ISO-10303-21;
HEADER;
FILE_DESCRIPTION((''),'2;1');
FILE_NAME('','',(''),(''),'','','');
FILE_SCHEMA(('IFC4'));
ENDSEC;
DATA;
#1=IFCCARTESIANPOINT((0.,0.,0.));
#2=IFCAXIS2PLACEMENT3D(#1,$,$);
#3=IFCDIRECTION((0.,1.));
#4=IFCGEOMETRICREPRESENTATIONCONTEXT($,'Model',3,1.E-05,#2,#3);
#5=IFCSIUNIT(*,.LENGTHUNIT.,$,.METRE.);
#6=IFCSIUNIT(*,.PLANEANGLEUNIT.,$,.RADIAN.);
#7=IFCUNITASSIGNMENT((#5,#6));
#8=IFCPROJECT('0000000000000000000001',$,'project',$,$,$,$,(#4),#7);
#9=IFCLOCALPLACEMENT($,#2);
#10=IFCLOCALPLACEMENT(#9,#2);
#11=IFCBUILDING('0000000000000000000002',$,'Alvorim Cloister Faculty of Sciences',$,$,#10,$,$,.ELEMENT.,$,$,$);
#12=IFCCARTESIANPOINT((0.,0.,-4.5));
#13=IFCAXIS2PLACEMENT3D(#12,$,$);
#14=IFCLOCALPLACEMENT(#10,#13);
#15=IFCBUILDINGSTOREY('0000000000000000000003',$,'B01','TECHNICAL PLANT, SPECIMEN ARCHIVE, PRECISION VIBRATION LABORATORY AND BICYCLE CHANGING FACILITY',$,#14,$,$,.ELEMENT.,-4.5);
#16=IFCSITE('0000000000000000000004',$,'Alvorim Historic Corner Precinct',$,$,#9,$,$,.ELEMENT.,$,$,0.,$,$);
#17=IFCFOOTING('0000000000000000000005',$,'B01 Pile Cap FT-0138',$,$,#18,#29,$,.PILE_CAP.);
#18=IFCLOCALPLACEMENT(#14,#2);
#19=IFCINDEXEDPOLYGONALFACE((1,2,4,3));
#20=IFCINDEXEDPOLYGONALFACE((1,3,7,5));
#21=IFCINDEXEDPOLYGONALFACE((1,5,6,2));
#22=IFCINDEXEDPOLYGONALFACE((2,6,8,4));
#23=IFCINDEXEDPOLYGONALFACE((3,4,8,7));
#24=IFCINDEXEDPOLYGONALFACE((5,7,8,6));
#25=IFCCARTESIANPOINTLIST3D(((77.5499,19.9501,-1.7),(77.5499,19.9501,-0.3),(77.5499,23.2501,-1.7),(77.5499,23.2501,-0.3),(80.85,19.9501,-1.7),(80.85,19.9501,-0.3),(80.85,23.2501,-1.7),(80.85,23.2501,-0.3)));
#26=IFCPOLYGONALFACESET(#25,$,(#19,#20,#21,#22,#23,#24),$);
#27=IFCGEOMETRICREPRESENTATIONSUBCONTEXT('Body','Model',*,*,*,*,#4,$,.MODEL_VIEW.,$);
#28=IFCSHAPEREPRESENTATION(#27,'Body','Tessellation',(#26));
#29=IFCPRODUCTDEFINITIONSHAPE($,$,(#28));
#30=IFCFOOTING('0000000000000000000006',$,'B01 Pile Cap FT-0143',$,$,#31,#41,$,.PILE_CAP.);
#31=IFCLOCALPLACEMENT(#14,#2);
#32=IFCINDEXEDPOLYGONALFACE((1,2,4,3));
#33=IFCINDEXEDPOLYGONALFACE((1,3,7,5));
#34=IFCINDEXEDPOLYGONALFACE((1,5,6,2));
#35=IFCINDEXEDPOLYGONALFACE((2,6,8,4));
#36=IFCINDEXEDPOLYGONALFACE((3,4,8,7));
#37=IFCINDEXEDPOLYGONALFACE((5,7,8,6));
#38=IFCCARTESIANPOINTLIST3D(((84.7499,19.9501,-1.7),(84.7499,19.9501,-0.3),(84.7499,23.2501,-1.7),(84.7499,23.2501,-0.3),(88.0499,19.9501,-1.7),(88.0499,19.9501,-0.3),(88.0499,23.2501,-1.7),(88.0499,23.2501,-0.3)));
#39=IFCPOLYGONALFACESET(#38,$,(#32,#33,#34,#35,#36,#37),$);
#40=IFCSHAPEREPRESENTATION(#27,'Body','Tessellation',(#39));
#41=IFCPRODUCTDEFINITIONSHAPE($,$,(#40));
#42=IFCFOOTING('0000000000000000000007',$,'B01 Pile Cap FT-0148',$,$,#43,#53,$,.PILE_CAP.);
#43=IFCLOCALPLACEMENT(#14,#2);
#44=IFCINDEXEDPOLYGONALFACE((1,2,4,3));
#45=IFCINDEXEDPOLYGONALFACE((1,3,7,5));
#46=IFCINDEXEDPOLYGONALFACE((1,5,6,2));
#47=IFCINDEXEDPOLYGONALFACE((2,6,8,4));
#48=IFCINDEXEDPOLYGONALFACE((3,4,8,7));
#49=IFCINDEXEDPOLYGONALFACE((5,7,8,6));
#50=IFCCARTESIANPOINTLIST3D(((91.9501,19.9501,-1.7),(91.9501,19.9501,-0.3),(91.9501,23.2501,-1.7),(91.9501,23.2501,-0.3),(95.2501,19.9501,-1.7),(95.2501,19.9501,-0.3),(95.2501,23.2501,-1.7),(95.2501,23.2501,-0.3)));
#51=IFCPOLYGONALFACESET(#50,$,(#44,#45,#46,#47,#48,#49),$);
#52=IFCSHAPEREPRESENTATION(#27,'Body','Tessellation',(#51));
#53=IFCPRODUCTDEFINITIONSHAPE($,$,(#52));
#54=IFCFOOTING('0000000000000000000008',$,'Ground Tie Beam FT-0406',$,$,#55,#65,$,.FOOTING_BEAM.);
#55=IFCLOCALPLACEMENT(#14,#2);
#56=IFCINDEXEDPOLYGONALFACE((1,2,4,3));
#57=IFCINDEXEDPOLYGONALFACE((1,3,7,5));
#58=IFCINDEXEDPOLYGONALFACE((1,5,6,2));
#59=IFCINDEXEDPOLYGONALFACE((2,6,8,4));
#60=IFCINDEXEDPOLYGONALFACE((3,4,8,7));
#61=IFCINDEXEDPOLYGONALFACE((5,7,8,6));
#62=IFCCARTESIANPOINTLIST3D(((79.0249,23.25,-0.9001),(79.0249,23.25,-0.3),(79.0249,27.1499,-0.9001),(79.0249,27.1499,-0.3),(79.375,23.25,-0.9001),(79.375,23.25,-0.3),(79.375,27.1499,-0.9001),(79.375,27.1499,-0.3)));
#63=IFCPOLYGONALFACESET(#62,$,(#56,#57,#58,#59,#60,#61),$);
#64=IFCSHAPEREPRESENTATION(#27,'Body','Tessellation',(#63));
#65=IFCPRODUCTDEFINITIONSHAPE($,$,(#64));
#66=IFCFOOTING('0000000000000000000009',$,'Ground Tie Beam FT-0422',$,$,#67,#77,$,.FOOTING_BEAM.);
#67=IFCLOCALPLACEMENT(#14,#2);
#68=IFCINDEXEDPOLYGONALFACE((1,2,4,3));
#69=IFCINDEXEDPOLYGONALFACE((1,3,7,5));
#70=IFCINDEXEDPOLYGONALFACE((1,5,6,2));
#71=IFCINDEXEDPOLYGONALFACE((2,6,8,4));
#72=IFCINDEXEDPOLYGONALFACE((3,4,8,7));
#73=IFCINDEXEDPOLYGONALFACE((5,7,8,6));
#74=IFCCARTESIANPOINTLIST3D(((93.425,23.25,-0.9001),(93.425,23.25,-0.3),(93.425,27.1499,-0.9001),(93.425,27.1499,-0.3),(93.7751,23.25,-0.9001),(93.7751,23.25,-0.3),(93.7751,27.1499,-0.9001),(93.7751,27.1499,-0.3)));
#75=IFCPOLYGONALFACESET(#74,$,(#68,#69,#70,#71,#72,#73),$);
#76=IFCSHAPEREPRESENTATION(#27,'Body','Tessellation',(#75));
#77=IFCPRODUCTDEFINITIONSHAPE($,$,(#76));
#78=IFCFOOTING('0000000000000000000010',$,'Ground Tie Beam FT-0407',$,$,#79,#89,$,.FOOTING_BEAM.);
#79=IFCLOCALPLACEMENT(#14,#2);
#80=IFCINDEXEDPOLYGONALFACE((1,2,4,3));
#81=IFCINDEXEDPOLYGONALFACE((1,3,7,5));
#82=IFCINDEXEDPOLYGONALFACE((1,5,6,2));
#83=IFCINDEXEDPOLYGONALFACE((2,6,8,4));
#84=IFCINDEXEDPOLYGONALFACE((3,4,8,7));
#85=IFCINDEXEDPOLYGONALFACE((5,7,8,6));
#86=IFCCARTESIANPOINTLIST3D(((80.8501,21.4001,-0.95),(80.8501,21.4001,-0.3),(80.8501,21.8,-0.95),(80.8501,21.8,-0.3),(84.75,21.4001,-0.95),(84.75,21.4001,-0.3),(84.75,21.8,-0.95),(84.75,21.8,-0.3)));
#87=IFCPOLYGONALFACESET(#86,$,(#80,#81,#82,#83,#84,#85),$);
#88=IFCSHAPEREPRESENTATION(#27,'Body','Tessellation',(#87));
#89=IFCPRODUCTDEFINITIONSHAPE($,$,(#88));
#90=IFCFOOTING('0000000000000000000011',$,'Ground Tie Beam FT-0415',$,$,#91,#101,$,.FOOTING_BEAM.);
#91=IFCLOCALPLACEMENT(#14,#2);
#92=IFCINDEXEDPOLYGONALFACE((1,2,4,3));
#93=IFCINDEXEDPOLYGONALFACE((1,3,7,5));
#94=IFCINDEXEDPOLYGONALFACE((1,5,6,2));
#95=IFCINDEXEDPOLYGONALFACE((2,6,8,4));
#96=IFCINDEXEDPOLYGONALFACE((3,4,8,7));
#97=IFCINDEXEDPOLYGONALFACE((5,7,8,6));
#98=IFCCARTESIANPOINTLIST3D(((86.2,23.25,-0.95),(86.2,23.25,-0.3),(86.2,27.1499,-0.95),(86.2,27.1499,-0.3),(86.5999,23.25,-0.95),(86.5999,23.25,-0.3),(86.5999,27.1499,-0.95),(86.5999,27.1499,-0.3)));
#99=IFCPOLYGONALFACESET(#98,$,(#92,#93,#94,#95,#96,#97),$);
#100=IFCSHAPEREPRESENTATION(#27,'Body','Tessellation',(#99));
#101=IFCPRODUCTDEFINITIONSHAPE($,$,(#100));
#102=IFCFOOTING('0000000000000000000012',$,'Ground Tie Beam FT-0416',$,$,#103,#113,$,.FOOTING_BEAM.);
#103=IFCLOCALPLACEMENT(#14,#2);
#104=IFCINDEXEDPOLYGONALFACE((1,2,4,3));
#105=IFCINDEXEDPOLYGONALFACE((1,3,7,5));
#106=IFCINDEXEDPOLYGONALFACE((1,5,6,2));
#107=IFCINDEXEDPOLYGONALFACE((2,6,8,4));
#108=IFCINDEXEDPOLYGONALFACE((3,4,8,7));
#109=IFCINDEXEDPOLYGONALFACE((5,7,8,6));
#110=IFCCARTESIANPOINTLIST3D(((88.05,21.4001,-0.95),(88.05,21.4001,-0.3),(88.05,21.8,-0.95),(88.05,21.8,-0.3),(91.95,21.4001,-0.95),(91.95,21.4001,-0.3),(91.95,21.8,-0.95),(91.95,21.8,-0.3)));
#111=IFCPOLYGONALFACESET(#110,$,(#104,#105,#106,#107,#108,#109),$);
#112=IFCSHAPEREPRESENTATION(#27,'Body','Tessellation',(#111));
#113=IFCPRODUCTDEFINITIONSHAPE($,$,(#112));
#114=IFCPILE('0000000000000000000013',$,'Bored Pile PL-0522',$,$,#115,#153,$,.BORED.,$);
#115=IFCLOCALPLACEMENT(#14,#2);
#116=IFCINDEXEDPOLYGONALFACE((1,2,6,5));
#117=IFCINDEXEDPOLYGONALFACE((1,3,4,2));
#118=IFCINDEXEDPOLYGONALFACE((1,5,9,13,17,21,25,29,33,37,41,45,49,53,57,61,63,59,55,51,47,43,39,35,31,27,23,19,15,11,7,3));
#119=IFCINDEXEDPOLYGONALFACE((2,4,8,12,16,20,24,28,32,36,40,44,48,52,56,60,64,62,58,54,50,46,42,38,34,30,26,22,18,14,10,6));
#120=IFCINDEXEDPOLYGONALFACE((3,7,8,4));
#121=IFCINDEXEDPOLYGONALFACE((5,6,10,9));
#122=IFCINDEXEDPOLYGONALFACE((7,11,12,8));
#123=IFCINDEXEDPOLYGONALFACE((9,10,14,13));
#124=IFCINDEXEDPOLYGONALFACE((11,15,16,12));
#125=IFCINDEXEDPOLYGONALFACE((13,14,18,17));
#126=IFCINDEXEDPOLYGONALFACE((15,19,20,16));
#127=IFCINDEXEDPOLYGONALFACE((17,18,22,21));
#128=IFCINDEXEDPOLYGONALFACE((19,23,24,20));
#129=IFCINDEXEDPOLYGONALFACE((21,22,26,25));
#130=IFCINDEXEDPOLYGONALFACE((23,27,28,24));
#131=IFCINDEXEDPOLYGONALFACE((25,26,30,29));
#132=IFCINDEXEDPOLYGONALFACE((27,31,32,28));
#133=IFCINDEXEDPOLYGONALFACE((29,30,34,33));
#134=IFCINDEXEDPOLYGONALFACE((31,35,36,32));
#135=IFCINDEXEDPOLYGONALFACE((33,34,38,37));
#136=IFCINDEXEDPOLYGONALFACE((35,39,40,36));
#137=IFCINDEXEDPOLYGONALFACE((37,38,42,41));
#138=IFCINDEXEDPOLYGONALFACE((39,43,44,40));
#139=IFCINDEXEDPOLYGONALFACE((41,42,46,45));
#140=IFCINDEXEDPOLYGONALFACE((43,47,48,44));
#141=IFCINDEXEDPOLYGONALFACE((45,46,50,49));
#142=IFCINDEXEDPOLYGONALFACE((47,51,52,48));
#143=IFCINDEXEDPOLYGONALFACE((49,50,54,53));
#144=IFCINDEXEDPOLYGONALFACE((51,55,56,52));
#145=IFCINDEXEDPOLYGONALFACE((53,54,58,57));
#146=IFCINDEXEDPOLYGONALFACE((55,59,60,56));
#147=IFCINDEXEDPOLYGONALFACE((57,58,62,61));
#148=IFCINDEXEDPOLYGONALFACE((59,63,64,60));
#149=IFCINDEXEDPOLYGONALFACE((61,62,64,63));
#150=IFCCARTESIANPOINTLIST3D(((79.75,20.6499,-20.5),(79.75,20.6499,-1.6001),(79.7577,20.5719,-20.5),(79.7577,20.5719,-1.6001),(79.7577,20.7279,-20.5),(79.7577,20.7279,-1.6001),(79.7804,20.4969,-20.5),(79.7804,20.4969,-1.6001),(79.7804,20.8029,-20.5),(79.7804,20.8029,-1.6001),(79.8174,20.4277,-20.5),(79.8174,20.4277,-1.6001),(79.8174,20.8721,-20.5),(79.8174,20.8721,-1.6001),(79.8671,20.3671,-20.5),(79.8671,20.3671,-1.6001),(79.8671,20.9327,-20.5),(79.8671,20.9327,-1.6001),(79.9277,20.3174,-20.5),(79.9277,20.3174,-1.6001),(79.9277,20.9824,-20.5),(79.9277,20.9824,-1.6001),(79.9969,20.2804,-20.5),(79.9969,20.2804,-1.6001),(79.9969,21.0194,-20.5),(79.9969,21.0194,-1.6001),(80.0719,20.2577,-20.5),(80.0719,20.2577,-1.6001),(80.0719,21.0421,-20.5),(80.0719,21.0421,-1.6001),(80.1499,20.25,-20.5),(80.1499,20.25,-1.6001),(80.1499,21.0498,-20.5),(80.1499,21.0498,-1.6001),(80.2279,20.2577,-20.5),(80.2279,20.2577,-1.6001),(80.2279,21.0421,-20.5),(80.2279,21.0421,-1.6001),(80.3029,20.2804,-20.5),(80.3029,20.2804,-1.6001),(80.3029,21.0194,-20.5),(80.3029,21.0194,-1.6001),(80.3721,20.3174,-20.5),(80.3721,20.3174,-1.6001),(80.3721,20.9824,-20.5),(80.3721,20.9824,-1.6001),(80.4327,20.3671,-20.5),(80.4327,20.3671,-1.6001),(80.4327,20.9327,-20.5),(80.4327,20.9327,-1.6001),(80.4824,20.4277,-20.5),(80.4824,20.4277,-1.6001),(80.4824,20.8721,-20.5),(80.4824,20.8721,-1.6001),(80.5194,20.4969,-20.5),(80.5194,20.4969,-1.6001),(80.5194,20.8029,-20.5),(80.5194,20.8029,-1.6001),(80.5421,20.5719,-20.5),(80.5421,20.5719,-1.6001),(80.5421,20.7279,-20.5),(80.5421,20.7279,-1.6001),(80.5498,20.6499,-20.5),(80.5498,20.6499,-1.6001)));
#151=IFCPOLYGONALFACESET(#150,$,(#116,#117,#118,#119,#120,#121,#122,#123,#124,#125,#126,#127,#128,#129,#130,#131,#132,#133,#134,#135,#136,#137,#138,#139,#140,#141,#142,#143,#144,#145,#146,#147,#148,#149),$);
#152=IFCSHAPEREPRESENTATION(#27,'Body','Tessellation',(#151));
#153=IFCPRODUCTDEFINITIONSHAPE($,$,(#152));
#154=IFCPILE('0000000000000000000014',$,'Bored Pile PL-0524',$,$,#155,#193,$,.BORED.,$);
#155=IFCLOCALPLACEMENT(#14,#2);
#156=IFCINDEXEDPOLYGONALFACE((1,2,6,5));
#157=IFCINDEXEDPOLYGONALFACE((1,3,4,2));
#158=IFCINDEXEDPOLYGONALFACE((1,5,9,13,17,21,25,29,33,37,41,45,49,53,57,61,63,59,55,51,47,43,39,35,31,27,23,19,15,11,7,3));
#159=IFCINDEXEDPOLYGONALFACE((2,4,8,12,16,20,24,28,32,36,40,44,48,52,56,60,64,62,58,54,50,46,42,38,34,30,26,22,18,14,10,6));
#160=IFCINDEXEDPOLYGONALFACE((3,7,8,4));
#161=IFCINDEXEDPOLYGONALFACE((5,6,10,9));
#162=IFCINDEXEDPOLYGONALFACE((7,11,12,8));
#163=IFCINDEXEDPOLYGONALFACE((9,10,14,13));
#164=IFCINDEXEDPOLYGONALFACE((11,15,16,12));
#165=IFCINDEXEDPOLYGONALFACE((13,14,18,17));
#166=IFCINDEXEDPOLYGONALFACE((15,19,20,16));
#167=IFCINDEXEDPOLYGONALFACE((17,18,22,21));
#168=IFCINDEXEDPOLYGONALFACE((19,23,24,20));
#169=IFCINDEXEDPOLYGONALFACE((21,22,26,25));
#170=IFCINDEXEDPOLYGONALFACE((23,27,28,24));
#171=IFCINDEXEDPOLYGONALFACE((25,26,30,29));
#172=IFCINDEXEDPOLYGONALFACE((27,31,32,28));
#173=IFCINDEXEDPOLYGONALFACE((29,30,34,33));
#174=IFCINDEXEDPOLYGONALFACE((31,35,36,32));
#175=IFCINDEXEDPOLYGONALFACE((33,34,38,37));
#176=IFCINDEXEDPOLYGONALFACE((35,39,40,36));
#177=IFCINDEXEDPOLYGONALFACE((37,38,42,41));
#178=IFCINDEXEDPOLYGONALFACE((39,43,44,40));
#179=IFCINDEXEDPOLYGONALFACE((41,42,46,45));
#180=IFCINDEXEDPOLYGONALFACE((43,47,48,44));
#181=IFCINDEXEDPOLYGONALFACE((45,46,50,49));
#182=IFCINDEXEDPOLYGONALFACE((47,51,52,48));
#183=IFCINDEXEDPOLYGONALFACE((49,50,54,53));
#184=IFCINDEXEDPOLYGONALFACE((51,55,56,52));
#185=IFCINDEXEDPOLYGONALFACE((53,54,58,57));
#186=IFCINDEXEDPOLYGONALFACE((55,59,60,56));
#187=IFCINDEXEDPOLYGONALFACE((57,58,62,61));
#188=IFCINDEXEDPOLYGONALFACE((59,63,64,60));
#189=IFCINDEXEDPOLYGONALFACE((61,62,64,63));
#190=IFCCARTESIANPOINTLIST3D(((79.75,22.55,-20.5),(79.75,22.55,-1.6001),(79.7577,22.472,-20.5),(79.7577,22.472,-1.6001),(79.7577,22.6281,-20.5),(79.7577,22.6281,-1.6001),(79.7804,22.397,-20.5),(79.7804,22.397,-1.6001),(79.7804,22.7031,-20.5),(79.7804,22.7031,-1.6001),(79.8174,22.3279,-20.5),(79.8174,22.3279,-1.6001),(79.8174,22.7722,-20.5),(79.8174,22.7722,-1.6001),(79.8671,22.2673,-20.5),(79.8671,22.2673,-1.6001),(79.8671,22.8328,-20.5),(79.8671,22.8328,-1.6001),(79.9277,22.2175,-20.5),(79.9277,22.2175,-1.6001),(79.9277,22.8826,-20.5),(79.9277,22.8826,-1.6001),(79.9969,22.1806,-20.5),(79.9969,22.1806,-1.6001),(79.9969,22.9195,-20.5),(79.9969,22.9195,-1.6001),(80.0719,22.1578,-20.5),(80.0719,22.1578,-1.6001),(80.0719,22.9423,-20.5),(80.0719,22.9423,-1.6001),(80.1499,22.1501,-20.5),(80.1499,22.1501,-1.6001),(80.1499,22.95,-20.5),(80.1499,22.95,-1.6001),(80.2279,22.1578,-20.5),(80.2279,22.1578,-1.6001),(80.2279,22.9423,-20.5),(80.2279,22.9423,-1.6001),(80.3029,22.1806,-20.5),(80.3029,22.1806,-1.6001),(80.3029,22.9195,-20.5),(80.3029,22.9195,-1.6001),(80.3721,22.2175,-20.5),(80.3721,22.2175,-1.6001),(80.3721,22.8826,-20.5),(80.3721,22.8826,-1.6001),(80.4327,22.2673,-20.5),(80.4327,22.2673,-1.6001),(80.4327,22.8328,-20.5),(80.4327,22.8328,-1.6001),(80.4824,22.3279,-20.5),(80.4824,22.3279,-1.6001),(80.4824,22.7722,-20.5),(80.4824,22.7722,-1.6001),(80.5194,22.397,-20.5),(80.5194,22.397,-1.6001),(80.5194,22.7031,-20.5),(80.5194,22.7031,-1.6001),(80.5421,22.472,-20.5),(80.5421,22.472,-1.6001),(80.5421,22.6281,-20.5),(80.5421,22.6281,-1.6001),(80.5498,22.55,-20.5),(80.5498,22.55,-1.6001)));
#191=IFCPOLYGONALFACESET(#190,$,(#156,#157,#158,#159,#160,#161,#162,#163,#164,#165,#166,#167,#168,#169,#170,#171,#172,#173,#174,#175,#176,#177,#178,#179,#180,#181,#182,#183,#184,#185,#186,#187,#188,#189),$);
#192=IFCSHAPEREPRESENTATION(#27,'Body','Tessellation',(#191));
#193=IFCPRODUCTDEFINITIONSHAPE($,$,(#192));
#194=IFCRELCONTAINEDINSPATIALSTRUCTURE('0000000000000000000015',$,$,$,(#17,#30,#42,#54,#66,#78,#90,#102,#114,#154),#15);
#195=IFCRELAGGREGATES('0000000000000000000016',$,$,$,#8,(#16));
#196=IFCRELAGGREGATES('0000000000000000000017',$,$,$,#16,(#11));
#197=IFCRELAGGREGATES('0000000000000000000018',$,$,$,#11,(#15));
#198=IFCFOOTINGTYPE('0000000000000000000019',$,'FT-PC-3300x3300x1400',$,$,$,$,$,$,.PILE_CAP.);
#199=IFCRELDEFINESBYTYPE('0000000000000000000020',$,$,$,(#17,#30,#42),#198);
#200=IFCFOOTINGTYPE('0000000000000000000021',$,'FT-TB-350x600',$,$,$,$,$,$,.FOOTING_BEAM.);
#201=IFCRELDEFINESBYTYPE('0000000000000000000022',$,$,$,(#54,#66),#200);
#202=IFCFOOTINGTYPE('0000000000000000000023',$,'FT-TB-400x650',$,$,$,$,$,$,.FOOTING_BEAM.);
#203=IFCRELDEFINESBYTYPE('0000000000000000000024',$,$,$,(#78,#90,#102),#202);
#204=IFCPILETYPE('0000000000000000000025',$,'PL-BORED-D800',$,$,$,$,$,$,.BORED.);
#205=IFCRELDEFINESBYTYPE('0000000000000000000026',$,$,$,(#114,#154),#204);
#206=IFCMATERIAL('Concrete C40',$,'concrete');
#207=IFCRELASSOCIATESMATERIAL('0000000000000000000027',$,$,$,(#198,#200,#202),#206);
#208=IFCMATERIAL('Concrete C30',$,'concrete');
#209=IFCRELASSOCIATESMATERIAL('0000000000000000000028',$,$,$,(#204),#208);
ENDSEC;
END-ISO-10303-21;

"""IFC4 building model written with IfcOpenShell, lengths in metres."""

from ifc_helpers import new_model, si_unit, direction, frame, origin, origin_2d, place, context, subcontext, project, spatial, rectangle, circle, extrude, material, material_profile, profile_set, type_object, element, save


model = new_model("IFC4")

# Units and contexts
model_context = context("Model", 3, precision=1e-05, world=origin(), true_north=direction((0.0, 1.0)))
body_context = subcontext(model_context, "Body", "Model", "MODEL_VIEW")
ifc_project = project(units=[si_unit("LENGTHUNIT", "METRE"), si_unit("PLANEANGLEUNIT", "RADIAN")], contexts=[model_context])

# Site, building, storey
site_placement = place(None, origin())
site = spatial("IfcSite", under=ifc_project, at=site_placement, Name="Alvorim Historic Corner Precinct", CompositionType="ELEMENT", RefElevation=0.0)
building_placement = place(site_placement, origin())
building = spatial("IfcBuilding", under=site, at=building_placement, Name="Alvorim Cloister Faculty of Sciences", CompositionType="ELEMENT")
storey_placement = place(building_placement, frame((0.0, 0.0, -4.5)))
storey = spatial("IfcBuildingStorey", under=building, at=storey_placement, Name="B01", Description="TECHNICAL PLANT, SPECIMEN ARCHIVE, PRECISION VIBRATION LABORATORY AND BICYCLE CHANGING FACILITY", CompositionType="ELEMENT", Elevation=-4.5)

# Footings
ifc_material_1 = material(Name="Concrete C40", Category="concrete")
footing_type_1 = type_object("IfcFootingType", Name="FT-PC-3300x3300x1400", PredefinedType="PILE_CAP", material=ifc_material_1)
for number, where, z_axis, x_axis, name in (
    (1, (79.2, 21.6001, -1.7), (0.0, 0.0, 1.0), (1.0, 0.0, 0.0), "B01 Pile Cap FT-0138"),
    (2, (86.3999, 21.6001, -1.7), (0.0, 0.0, 1.0), (1.0, 0.0, 0.0), "B01 Pile Cap FT-0143"),
    (3, (93.6001, 21.6001, -1.7), (0.0, 0.0, 1.0), (1.0, 0.0, 0.0), "B01 Pile Cap FT-0148"),
):
    element("IfcFooting", number, at=place(storey_placement, frame(where, z_axis=z_axis, x_axis=x_axis)), inside=storey, type_object=footing_type_1, Name=name, PredefinedType="PILE_CAP", context=body_context, shape_type="SweptSolid", body=[
        extrude(rectangle(XDim=3.3, YDim=3.3, at=origin_2d()), origin(), (0.0, 0.0, 1.0), 1.3999),
    ])
footing_type_2 = type_object("IfcFootingType", Name="FT-TB-350x600", PredefinedType="FOOTING_BEAM", material=ifc_material_1)
for number, where, z_axis, x_axis, name in (
    (4, (79.2, 25.2, -0.9001), (0.0, 0.0, 1.0), (1.0, 0.0, 0.0), "Ground Tie Beam FT-0406"),
    (5, (93.6001, 25.2, -0.9001), (0.0, 0.0, 1.0), (1.0, 0.0, 0.0), "Ground Tie Beam FT-0422"),
):
    element("IfcFooting", number, at=place(storey_placement, frame(where, z_axis=z_axis, x_axis=x_axis)), inside=storey, type_object=footing_type_2, Name=name, PredefinedType="FOOTING_BEAM", context=body_context, shape_type="SweptSolid", body=[
        extrude(rectangle(XDim=0.3501, YDim=3.8999, at=origin_2d()), origin(), (0.0, 0.0, 1.0), 0.6001),
    ])
footing_type_3 = type_object("IfcFootingType", Name="FT-TB-400x650", PredefinedType="FOOTING_BEAM", material=ifc_material_1)
footing_1_placement = place(storey_placement, frame((82.8, 21.6001, -0.95), z_axis=(0.0, 0.0, 1.0), x_axis=(1.0, 0.0, 0.0)))
element("IfcFooting", 6, at=footing_1_placement, inside=storey, type_object=footing_type_3, Name="Ground Tie Beam FT-0407", PredefinedType="FOOTING_BEAM", context=body_context, shape_type="SweptSolid", body=[
    extrude(rectangle(XDim=3.8999, YDim=0.3999, at=origin_2d()), origin(), (0.0, 0.0, 1.0), 0.6499),
])
footing_2_placement = place(storey_placement, frame((86.3999, 25.2, -0.95), z_axis=(0.0, 0.0, 1.0), x_axis=(1.0, 0.0, 0.0)))
element("IfcFooting", 7, at=footing_2_placement, inside=storey, type_object=footing_type_3, Name="Ground Tie Beam FT-0415", PredefinedType="FOOTING_BEAM", context=body_context, shape_type="SweptSolid", body=[
    extrude(rectangle(XDim=0.3999, YDim=3.8999, at=origin_2d()), origin(), (0.0, 0.0, 1.0), 0.6499),
])
footing_3_placement = place(storey_placement, frame((90.0, 21.6001, -0.95), z_axis=(0.0, 0.0, 1.0), x_axis=(1.0, 0.0, 0.0)))
element("IfcFooting", 8, at=footing_3_placement, inside=storey, type_object=footing_type_3, Name="Ground Tie Beam FT-0416", PredefinedType="FOOTING_BEAM", context=body_context, shape_type="SweptSolid", body=[
    extrude(rectangle(XDim=3.8999, YDim=0.3999, at=origin_2d()), origin(), (0.0, 0.0, 1.0), 0.6499),
])

# Piles
ifc_material_2 = material(Name="Concrete C30", Category="concrete")
ifc_material_profile_1 = material_profile(ifc_material_2, circle(Radius=0.3999, at=origin_2d()), Name="PILE-D800")
ifc_profile_set_1 = profile_set([ifc_material_profile_1], Name="Concrete C30")
pile_type = type_object("IfcPileType", Name="PL-BORED-D800", PredefinedType="BORED", material=ifc_profile_set_1)
for number, where, z_axis, x_axis, name in (
    (9, (80.1499, 20.6499, -1.6001), (0.0, 0.0, -1.0), (1.0, 0.0, 0.0), "Bored Pile PL-0522"),
    (10, (80.1499, 22.55, -1.6001), (0.0, 0.0, -1.0), (1.0, 0.0, 0.0), "Bored Pile PL-0524"),
):
    element("IfcPile", number, at=place(storey_placement, frame(where, z_axis=z_axis, x_axis=x_axis)), inside=storey, type_object=pile_type, Name=name, PredefinedType="BORED", context=body_context, shape_type="SweptSolid", body=[
        extrude(circle(Radius=0.3999, at=origin_2d()), origin(), (0.0, 0.0, 1.0), 18.8999),
    ])

save(model, "model.ifc")
